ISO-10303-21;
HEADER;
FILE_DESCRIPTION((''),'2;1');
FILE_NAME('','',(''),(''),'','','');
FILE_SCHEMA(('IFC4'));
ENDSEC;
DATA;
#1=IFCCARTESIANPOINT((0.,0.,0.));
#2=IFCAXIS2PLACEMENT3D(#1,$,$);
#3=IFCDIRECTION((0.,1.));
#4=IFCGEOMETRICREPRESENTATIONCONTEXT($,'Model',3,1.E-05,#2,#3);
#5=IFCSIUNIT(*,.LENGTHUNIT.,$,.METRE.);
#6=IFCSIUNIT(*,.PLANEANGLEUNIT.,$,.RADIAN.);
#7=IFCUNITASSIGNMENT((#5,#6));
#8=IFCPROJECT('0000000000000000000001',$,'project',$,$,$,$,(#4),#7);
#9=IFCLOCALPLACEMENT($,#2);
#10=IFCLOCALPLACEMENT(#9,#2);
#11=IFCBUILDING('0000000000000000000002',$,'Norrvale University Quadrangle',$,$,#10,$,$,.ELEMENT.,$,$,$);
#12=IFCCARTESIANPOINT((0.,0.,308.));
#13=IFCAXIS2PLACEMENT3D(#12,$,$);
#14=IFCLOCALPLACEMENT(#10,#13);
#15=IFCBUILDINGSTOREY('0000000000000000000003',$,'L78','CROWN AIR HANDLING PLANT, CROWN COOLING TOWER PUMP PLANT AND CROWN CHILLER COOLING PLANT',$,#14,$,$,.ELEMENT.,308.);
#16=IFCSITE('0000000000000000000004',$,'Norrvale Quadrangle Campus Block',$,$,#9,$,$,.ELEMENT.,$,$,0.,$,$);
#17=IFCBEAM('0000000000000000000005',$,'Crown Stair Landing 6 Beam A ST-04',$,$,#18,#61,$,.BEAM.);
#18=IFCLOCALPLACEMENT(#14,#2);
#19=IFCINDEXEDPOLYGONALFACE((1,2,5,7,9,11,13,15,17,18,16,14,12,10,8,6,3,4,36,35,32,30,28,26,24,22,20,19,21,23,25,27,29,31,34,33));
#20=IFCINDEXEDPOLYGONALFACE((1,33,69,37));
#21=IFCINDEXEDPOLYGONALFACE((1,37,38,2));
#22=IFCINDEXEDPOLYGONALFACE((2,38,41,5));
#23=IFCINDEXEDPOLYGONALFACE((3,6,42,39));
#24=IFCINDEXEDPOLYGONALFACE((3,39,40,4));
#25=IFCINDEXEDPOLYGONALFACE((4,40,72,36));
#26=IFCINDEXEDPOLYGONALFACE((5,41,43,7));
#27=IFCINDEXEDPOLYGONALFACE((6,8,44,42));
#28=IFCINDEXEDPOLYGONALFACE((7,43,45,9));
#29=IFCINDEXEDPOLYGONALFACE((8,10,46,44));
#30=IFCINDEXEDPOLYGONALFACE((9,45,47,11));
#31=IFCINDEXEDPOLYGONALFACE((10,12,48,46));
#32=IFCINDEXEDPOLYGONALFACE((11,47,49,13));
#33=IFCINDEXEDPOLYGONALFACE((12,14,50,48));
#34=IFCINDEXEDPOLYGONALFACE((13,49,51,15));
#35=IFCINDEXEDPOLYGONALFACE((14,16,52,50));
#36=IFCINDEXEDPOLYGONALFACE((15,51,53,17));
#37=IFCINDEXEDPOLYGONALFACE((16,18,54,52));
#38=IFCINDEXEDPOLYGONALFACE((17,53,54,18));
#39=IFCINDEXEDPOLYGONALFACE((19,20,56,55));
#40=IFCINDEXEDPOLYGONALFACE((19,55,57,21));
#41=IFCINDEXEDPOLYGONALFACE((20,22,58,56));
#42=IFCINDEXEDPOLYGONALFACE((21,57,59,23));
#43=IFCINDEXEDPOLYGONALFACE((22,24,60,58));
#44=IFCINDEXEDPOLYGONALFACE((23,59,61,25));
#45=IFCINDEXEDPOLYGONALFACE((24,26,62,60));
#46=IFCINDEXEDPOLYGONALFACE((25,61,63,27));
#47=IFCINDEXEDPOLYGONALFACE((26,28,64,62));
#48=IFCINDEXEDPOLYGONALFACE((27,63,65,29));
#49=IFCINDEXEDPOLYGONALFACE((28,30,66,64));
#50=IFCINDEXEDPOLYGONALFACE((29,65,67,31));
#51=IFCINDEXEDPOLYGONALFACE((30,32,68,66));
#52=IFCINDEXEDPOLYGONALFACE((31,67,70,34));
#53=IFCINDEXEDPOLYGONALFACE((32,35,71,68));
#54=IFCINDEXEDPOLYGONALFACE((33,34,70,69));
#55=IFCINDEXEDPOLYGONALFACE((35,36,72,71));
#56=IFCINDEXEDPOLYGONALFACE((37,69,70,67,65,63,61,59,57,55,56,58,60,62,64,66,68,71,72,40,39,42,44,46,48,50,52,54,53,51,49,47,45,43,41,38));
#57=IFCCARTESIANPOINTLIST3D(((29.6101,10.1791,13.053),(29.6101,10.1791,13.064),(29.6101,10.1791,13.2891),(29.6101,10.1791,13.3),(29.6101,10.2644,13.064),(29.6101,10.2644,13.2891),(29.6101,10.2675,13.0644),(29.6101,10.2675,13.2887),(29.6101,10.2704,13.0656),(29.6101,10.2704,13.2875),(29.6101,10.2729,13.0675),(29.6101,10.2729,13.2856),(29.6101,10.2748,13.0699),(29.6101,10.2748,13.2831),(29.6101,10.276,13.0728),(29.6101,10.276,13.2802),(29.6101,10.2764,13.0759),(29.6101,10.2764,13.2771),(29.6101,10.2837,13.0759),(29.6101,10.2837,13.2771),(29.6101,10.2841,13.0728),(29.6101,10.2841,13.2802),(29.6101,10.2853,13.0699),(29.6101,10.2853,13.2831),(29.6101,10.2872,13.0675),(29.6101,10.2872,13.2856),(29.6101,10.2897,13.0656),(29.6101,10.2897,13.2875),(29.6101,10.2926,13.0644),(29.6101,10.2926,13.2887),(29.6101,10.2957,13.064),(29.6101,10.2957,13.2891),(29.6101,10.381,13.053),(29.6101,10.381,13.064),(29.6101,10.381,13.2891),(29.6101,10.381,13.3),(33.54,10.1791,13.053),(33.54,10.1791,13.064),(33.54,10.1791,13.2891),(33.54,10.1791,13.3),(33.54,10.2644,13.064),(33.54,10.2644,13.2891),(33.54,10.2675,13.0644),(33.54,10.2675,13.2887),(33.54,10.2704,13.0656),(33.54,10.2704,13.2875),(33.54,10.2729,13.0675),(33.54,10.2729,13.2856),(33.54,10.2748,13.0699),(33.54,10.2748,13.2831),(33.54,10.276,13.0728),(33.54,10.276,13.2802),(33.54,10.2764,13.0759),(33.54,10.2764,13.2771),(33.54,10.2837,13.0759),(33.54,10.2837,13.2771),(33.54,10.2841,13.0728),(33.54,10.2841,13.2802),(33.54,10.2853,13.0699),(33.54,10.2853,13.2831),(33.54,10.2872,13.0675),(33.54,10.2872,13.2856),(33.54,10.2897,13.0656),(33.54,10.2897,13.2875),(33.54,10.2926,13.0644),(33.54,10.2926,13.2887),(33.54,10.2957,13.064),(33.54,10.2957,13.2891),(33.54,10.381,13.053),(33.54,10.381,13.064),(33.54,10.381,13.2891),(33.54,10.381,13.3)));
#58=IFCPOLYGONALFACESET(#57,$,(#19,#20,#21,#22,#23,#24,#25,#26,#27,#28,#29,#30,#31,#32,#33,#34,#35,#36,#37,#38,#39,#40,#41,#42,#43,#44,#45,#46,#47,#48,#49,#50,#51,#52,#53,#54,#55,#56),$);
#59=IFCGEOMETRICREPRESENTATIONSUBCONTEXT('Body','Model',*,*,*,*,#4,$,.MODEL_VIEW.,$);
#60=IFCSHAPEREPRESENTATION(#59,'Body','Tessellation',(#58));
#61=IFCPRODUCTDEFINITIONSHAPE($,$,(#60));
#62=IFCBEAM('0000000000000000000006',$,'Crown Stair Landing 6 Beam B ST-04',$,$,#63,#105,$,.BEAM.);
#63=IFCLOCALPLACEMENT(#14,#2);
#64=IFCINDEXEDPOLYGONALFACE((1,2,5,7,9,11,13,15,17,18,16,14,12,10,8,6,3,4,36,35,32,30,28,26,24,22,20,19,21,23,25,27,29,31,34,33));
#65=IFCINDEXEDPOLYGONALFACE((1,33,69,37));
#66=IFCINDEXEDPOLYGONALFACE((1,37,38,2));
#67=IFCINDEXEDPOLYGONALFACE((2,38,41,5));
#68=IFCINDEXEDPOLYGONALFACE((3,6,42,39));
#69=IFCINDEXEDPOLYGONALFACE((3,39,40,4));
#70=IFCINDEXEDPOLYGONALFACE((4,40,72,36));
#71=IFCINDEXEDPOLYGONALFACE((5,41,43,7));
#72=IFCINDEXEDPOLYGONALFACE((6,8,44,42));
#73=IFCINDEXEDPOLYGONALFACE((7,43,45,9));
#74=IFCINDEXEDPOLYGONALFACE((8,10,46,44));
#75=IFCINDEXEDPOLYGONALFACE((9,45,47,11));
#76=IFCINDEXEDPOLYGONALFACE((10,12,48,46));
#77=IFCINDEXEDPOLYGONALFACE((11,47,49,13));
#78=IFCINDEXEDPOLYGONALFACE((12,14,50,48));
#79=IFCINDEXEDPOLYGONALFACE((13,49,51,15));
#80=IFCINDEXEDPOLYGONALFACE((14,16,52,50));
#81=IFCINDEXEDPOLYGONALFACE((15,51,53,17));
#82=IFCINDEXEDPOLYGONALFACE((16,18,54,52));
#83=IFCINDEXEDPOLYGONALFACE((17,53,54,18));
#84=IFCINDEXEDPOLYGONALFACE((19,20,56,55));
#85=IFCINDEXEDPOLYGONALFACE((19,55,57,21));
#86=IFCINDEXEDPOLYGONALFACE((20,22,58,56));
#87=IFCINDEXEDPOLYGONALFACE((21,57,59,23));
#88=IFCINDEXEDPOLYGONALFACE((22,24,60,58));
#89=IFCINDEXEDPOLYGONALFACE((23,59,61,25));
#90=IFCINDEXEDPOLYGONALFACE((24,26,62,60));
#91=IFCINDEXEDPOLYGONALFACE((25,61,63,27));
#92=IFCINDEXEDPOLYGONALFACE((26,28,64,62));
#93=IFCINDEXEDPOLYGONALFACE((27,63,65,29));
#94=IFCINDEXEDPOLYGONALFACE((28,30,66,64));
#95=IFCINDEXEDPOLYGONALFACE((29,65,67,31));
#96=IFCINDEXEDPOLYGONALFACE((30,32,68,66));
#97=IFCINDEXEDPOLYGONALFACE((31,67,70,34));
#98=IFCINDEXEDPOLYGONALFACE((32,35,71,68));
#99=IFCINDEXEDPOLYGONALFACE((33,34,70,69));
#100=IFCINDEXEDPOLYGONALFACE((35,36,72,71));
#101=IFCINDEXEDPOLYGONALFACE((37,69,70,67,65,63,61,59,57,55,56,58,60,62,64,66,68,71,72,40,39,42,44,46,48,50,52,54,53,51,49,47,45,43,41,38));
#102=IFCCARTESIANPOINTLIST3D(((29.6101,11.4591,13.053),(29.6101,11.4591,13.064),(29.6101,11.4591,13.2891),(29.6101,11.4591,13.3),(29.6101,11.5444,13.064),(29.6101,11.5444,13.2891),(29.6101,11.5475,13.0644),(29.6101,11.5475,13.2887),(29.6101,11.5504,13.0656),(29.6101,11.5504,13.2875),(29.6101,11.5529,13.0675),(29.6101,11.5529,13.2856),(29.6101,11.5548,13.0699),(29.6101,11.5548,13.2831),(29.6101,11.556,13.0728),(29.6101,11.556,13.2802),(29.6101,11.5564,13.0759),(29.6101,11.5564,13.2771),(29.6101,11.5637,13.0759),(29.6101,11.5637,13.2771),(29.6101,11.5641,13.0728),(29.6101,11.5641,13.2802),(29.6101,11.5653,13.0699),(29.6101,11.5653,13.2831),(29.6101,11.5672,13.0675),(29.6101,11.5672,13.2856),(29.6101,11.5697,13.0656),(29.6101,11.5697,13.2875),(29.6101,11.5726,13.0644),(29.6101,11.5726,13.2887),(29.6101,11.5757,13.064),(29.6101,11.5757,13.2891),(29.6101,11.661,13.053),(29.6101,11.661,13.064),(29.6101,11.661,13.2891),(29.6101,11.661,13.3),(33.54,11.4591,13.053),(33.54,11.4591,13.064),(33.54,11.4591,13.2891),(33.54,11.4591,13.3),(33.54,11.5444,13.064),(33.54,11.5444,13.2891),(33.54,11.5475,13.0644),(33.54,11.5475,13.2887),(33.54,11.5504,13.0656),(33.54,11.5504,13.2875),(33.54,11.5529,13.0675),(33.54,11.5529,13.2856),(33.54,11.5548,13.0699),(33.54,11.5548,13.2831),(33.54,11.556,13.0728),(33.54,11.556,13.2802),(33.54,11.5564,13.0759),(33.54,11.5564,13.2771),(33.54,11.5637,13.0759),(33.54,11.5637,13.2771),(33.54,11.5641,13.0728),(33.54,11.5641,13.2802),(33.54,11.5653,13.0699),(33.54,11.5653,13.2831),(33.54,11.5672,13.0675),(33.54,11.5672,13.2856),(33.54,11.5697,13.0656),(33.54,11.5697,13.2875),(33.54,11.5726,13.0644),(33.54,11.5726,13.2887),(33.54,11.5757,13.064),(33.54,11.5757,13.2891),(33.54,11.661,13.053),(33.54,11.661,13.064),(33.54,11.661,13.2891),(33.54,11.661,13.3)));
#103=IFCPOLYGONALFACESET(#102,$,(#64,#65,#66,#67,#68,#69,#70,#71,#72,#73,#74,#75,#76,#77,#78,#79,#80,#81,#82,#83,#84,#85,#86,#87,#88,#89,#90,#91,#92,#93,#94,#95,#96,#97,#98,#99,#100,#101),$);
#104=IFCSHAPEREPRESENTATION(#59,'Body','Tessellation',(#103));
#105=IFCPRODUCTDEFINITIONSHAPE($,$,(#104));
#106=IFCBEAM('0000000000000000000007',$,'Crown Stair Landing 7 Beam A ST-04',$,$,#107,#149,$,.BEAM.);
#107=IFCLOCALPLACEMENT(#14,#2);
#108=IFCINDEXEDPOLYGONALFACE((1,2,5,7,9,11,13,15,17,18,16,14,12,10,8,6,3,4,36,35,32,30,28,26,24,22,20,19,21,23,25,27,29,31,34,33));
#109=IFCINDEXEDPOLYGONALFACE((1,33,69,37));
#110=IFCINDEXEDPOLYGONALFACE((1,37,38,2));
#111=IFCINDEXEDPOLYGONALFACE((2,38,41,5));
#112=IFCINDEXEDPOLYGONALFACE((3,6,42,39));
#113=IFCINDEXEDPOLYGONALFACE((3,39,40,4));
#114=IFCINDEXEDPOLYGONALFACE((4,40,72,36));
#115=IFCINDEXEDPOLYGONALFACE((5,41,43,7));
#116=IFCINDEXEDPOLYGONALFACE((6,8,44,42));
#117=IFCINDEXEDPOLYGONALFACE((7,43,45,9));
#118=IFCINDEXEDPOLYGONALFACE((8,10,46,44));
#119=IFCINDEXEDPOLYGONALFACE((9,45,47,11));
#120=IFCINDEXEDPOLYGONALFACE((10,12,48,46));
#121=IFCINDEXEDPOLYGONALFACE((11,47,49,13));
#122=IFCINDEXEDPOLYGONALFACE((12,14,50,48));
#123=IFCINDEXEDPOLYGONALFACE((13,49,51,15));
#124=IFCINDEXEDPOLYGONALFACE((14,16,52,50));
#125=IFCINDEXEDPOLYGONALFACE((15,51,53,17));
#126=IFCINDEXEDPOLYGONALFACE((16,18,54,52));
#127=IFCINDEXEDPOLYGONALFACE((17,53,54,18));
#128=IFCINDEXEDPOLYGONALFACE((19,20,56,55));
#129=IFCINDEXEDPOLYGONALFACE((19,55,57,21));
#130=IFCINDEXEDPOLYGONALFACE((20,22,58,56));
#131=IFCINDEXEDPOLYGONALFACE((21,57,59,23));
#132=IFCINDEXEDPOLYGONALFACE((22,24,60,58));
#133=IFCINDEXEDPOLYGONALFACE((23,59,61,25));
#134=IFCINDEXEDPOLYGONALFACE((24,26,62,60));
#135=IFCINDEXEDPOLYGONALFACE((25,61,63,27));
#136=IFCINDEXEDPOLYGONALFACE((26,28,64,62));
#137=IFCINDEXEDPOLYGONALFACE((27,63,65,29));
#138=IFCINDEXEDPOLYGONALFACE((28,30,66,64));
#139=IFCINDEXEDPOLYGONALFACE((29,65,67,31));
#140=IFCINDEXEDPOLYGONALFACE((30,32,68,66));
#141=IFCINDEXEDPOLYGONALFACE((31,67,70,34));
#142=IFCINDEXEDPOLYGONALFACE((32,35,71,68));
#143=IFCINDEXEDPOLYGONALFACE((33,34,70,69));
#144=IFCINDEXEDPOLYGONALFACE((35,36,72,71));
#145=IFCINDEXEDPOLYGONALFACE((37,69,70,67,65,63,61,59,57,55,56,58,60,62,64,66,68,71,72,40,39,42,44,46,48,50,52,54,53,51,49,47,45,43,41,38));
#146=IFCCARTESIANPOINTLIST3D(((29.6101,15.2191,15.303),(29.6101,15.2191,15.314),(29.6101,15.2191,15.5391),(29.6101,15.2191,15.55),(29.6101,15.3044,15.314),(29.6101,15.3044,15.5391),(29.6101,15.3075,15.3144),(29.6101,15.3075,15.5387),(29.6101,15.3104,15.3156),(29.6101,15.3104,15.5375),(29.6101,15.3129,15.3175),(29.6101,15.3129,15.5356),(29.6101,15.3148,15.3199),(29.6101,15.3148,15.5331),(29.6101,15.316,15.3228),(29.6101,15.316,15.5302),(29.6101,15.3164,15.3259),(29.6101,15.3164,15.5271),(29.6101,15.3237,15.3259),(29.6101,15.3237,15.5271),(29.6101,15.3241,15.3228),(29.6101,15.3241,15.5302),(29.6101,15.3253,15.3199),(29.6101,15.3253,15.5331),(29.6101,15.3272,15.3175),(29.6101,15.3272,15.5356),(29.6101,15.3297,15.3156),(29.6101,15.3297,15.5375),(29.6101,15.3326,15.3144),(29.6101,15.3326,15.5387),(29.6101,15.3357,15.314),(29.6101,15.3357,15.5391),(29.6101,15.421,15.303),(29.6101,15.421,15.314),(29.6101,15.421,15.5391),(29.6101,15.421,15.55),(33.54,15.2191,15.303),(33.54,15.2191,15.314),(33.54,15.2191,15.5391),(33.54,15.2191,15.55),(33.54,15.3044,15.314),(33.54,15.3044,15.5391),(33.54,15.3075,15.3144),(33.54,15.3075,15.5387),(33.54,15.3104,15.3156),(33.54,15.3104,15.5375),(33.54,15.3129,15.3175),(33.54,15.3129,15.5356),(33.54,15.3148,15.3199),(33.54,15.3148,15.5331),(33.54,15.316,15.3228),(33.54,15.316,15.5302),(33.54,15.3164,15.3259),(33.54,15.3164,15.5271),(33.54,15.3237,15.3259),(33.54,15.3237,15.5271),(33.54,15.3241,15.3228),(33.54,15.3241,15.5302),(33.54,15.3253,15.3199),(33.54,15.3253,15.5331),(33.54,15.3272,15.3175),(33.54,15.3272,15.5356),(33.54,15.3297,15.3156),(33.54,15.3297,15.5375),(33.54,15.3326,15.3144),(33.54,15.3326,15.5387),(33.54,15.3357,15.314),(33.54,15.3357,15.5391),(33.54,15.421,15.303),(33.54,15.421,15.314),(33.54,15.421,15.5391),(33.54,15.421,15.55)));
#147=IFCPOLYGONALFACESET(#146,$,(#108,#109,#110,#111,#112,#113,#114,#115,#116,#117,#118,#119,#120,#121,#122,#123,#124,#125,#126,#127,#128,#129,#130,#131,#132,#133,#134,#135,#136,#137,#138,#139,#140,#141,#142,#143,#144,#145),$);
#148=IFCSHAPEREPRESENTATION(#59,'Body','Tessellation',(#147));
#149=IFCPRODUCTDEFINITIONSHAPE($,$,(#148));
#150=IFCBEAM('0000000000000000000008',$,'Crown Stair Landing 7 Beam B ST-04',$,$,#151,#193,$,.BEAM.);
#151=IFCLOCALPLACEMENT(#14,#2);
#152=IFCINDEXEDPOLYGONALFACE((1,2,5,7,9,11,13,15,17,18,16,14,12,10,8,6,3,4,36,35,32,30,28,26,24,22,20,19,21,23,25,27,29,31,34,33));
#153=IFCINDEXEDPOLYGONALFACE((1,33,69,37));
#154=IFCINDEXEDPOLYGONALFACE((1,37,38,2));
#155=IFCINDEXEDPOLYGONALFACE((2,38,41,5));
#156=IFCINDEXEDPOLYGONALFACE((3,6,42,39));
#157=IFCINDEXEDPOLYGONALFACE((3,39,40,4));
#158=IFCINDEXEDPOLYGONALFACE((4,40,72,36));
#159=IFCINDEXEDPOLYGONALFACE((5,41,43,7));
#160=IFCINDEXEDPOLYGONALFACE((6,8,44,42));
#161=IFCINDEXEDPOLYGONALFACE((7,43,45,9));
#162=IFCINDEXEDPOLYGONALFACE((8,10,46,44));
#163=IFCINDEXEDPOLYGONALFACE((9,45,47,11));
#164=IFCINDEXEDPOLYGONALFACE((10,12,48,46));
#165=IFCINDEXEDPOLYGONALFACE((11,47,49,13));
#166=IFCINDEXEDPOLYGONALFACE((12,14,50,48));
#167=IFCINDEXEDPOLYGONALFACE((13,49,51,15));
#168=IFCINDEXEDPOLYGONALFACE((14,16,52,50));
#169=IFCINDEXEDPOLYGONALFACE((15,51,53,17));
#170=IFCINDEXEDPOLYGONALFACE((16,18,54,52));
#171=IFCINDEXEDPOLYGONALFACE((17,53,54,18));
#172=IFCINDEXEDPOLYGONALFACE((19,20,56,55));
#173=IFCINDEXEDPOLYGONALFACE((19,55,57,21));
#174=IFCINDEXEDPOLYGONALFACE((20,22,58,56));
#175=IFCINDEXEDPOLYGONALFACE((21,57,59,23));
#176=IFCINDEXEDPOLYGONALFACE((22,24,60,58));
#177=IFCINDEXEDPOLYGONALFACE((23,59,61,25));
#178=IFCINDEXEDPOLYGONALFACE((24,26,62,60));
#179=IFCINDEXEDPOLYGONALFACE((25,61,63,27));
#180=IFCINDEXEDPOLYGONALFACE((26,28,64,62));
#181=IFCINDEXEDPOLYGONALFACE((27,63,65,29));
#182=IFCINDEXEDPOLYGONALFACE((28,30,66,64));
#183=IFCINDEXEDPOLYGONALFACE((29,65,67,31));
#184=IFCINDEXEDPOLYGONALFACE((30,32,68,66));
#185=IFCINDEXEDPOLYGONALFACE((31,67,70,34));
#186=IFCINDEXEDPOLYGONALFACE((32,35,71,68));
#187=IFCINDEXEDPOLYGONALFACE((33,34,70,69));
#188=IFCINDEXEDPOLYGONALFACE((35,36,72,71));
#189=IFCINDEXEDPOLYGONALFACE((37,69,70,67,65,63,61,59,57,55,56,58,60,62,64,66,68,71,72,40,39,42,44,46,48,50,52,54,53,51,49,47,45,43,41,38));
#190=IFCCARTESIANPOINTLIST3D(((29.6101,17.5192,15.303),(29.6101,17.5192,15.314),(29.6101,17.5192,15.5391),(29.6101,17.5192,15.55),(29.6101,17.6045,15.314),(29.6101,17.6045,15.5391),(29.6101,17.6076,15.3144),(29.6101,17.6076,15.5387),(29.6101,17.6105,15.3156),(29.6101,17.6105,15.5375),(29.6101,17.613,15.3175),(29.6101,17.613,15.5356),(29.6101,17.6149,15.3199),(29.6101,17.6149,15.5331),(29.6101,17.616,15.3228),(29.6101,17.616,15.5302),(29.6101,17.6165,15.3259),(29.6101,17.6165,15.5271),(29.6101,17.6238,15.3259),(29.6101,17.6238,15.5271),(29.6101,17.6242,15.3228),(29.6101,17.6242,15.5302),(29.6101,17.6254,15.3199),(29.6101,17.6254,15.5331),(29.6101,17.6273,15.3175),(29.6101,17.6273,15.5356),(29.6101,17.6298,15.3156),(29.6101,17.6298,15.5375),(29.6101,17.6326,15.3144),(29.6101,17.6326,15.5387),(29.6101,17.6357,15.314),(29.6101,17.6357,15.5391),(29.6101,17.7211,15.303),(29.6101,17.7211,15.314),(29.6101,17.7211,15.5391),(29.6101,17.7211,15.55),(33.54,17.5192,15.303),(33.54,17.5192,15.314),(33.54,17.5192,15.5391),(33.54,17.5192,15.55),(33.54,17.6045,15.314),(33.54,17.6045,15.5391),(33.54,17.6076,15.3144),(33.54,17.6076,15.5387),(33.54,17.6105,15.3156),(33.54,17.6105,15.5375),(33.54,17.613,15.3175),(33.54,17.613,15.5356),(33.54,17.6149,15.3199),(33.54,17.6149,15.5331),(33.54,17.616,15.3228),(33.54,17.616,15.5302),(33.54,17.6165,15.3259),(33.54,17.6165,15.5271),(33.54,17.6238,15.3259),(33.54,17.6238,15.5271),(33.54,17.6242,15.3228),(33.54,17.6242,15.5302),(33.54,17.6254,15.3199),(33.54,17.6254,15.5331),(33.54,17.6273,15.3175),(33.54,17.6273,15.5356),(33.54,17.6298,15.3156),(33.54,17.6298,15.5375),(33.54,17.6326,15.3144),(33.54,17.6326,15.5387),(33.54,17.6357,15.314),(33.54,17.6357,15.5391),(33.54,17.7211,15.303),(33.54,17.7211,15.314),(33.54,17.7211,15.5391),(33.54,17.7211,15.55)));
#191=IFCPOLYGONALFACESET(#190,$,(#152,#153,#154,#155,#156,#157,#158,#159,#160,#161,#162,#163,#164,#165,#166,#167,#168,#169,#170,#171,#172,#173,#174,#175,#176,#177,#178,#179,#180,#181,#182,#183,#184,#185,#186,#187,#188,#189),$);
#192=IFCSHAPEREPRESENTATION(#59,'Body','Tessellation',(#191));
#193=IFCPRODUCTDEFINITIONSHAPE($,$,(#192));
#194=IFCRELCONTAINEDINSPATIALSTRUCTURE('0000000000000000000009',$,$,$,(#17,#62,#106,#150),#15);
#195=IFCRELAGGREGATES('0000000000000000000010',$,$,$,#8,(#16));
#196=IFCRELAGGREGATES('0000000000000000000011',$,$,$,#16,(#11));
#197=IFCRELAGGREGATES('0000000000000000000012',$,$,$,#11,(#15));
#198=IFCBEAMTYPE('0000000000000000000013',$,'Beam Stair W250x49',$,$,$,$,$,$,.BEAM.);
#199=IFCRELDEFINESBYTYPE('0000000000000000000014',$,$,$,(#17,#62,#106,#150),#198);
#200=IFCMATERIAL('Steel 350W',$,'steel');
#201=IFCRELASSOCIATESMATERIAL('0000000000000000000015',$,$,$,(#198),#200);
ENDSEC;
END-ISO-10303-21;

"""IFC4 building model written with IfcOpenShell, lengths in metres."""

from ifc_helpers import new_model, si_unit, direction, frame, origin, origin_2d, place, context, subcontext, project, spatial, i_section, extrude, material, material_profile, profile_set, type_object, element, save


model = new_model("IFC4")

# Units and contexts
model_context = context("Model", 3, precision=1e-05, world=origin(), true_north=direction((0.0, 1.0)))
body_context = subcontext(model_context, "Body", "Model", "MODEL_VIEW")
ifc_project = project(units=[si_unit("LENGTHUNIT", "METRE"), si_unit("PLANEANGLEUNIT", "RADIAN")], contexts=[model_context])

# Site, building, storey
site_placement = place(None, origin())
site = spatial("IfcSite", under=ifc_project, at=site_placement, Name="Norrvale Quadrangle Campus Block", CompositionType="ELEMENT", RefElevation=0.0)
building_placement = place(site_placement, origin())
building = spatial("IfcBuilding", under=site, at=building_placement, Name="Norrvale University Quadrangle", CompositionType="ELEMENT")
storey_placement = place(building_placement, frame((0.0, 0.0, 308.0)))
storey = spatial("IfcBuildingStorey", under=building, at=storey_placement, Name="L78", Description="CROWN AIR HANDLING PLANT, CROWN COOLING TOWER PUMP PLANT AND CROWN CHILLER COOLING PLANT", CompositionType="ELEMENT", Elevation=308.0)

# Beams
ifc_material_1 = material(Name="Steel 350W", Category="steel")
ifc_material_profile_1 = material_profile(ifc_material_1, i_section(OverallWidth=0.2019, OverallDepth=0.2471, WebThickness=0.0073, FlangeThickness=0.011, FilletRadius=0.012, at=origin_2d()), Name="Steel 350W")
ifc_profile_set_1 = profile_set([ifc_material_profile_1], Name="Steel 350W")
beam_type_1 = type_object("IfcBeamType", Name="Beam Stair W250x49", PredefinedType="BEAM", material=ifc_profile_set_1)
for number, where, z_axis, x_axis, name in (
    (1, (29.6101, 10.28, 13.1765), (1.0, 0.0, 0.0), (0.0, 1.0, 0.0), "Crown Stair Landing 6 Beam A ST-04"),
    (2, (29.6101, 11.5601, 13.1765), (1.0, 0.0, 0.0), (0.0, 1.0, 0.0), "Crown Stair Landing 6 Beam B ST-04"),
    (3, (29.6101, 15.3201, 15.4265), (1.0, 0.0, 0.0), (0.0, 1.0, 0.0), "Crown Stair Landing 7 Beam A ST-04"),
    (4, (29.6101, 17.6201, 15.4265), (1.0, 0.0, 0.0), (0.0, 1.0, 0.0), "Crown Stair Landing 7 Beam B ST-04"),
):
    element("IfcBeam", number, at=place(storey_placement, frame(where, z_axis=z_axis, x_axis=x_axis)), inside=storey, type_object=beam_type_1, Name=name, PredefinedType="BEAM", context=body_context, shape_type="SweptSolid", body=[
        extrude(i_section(OverallWidth=0.2019, OverallDepth=0.2471, WebThickness=0.0073, FlangeThickness=0.011, FilletRadius=0.012, at=origin_2d()), origin(), (0.0, 0.0, 1.0), 3.9299),
    ])

save(model, "model.ifc")
